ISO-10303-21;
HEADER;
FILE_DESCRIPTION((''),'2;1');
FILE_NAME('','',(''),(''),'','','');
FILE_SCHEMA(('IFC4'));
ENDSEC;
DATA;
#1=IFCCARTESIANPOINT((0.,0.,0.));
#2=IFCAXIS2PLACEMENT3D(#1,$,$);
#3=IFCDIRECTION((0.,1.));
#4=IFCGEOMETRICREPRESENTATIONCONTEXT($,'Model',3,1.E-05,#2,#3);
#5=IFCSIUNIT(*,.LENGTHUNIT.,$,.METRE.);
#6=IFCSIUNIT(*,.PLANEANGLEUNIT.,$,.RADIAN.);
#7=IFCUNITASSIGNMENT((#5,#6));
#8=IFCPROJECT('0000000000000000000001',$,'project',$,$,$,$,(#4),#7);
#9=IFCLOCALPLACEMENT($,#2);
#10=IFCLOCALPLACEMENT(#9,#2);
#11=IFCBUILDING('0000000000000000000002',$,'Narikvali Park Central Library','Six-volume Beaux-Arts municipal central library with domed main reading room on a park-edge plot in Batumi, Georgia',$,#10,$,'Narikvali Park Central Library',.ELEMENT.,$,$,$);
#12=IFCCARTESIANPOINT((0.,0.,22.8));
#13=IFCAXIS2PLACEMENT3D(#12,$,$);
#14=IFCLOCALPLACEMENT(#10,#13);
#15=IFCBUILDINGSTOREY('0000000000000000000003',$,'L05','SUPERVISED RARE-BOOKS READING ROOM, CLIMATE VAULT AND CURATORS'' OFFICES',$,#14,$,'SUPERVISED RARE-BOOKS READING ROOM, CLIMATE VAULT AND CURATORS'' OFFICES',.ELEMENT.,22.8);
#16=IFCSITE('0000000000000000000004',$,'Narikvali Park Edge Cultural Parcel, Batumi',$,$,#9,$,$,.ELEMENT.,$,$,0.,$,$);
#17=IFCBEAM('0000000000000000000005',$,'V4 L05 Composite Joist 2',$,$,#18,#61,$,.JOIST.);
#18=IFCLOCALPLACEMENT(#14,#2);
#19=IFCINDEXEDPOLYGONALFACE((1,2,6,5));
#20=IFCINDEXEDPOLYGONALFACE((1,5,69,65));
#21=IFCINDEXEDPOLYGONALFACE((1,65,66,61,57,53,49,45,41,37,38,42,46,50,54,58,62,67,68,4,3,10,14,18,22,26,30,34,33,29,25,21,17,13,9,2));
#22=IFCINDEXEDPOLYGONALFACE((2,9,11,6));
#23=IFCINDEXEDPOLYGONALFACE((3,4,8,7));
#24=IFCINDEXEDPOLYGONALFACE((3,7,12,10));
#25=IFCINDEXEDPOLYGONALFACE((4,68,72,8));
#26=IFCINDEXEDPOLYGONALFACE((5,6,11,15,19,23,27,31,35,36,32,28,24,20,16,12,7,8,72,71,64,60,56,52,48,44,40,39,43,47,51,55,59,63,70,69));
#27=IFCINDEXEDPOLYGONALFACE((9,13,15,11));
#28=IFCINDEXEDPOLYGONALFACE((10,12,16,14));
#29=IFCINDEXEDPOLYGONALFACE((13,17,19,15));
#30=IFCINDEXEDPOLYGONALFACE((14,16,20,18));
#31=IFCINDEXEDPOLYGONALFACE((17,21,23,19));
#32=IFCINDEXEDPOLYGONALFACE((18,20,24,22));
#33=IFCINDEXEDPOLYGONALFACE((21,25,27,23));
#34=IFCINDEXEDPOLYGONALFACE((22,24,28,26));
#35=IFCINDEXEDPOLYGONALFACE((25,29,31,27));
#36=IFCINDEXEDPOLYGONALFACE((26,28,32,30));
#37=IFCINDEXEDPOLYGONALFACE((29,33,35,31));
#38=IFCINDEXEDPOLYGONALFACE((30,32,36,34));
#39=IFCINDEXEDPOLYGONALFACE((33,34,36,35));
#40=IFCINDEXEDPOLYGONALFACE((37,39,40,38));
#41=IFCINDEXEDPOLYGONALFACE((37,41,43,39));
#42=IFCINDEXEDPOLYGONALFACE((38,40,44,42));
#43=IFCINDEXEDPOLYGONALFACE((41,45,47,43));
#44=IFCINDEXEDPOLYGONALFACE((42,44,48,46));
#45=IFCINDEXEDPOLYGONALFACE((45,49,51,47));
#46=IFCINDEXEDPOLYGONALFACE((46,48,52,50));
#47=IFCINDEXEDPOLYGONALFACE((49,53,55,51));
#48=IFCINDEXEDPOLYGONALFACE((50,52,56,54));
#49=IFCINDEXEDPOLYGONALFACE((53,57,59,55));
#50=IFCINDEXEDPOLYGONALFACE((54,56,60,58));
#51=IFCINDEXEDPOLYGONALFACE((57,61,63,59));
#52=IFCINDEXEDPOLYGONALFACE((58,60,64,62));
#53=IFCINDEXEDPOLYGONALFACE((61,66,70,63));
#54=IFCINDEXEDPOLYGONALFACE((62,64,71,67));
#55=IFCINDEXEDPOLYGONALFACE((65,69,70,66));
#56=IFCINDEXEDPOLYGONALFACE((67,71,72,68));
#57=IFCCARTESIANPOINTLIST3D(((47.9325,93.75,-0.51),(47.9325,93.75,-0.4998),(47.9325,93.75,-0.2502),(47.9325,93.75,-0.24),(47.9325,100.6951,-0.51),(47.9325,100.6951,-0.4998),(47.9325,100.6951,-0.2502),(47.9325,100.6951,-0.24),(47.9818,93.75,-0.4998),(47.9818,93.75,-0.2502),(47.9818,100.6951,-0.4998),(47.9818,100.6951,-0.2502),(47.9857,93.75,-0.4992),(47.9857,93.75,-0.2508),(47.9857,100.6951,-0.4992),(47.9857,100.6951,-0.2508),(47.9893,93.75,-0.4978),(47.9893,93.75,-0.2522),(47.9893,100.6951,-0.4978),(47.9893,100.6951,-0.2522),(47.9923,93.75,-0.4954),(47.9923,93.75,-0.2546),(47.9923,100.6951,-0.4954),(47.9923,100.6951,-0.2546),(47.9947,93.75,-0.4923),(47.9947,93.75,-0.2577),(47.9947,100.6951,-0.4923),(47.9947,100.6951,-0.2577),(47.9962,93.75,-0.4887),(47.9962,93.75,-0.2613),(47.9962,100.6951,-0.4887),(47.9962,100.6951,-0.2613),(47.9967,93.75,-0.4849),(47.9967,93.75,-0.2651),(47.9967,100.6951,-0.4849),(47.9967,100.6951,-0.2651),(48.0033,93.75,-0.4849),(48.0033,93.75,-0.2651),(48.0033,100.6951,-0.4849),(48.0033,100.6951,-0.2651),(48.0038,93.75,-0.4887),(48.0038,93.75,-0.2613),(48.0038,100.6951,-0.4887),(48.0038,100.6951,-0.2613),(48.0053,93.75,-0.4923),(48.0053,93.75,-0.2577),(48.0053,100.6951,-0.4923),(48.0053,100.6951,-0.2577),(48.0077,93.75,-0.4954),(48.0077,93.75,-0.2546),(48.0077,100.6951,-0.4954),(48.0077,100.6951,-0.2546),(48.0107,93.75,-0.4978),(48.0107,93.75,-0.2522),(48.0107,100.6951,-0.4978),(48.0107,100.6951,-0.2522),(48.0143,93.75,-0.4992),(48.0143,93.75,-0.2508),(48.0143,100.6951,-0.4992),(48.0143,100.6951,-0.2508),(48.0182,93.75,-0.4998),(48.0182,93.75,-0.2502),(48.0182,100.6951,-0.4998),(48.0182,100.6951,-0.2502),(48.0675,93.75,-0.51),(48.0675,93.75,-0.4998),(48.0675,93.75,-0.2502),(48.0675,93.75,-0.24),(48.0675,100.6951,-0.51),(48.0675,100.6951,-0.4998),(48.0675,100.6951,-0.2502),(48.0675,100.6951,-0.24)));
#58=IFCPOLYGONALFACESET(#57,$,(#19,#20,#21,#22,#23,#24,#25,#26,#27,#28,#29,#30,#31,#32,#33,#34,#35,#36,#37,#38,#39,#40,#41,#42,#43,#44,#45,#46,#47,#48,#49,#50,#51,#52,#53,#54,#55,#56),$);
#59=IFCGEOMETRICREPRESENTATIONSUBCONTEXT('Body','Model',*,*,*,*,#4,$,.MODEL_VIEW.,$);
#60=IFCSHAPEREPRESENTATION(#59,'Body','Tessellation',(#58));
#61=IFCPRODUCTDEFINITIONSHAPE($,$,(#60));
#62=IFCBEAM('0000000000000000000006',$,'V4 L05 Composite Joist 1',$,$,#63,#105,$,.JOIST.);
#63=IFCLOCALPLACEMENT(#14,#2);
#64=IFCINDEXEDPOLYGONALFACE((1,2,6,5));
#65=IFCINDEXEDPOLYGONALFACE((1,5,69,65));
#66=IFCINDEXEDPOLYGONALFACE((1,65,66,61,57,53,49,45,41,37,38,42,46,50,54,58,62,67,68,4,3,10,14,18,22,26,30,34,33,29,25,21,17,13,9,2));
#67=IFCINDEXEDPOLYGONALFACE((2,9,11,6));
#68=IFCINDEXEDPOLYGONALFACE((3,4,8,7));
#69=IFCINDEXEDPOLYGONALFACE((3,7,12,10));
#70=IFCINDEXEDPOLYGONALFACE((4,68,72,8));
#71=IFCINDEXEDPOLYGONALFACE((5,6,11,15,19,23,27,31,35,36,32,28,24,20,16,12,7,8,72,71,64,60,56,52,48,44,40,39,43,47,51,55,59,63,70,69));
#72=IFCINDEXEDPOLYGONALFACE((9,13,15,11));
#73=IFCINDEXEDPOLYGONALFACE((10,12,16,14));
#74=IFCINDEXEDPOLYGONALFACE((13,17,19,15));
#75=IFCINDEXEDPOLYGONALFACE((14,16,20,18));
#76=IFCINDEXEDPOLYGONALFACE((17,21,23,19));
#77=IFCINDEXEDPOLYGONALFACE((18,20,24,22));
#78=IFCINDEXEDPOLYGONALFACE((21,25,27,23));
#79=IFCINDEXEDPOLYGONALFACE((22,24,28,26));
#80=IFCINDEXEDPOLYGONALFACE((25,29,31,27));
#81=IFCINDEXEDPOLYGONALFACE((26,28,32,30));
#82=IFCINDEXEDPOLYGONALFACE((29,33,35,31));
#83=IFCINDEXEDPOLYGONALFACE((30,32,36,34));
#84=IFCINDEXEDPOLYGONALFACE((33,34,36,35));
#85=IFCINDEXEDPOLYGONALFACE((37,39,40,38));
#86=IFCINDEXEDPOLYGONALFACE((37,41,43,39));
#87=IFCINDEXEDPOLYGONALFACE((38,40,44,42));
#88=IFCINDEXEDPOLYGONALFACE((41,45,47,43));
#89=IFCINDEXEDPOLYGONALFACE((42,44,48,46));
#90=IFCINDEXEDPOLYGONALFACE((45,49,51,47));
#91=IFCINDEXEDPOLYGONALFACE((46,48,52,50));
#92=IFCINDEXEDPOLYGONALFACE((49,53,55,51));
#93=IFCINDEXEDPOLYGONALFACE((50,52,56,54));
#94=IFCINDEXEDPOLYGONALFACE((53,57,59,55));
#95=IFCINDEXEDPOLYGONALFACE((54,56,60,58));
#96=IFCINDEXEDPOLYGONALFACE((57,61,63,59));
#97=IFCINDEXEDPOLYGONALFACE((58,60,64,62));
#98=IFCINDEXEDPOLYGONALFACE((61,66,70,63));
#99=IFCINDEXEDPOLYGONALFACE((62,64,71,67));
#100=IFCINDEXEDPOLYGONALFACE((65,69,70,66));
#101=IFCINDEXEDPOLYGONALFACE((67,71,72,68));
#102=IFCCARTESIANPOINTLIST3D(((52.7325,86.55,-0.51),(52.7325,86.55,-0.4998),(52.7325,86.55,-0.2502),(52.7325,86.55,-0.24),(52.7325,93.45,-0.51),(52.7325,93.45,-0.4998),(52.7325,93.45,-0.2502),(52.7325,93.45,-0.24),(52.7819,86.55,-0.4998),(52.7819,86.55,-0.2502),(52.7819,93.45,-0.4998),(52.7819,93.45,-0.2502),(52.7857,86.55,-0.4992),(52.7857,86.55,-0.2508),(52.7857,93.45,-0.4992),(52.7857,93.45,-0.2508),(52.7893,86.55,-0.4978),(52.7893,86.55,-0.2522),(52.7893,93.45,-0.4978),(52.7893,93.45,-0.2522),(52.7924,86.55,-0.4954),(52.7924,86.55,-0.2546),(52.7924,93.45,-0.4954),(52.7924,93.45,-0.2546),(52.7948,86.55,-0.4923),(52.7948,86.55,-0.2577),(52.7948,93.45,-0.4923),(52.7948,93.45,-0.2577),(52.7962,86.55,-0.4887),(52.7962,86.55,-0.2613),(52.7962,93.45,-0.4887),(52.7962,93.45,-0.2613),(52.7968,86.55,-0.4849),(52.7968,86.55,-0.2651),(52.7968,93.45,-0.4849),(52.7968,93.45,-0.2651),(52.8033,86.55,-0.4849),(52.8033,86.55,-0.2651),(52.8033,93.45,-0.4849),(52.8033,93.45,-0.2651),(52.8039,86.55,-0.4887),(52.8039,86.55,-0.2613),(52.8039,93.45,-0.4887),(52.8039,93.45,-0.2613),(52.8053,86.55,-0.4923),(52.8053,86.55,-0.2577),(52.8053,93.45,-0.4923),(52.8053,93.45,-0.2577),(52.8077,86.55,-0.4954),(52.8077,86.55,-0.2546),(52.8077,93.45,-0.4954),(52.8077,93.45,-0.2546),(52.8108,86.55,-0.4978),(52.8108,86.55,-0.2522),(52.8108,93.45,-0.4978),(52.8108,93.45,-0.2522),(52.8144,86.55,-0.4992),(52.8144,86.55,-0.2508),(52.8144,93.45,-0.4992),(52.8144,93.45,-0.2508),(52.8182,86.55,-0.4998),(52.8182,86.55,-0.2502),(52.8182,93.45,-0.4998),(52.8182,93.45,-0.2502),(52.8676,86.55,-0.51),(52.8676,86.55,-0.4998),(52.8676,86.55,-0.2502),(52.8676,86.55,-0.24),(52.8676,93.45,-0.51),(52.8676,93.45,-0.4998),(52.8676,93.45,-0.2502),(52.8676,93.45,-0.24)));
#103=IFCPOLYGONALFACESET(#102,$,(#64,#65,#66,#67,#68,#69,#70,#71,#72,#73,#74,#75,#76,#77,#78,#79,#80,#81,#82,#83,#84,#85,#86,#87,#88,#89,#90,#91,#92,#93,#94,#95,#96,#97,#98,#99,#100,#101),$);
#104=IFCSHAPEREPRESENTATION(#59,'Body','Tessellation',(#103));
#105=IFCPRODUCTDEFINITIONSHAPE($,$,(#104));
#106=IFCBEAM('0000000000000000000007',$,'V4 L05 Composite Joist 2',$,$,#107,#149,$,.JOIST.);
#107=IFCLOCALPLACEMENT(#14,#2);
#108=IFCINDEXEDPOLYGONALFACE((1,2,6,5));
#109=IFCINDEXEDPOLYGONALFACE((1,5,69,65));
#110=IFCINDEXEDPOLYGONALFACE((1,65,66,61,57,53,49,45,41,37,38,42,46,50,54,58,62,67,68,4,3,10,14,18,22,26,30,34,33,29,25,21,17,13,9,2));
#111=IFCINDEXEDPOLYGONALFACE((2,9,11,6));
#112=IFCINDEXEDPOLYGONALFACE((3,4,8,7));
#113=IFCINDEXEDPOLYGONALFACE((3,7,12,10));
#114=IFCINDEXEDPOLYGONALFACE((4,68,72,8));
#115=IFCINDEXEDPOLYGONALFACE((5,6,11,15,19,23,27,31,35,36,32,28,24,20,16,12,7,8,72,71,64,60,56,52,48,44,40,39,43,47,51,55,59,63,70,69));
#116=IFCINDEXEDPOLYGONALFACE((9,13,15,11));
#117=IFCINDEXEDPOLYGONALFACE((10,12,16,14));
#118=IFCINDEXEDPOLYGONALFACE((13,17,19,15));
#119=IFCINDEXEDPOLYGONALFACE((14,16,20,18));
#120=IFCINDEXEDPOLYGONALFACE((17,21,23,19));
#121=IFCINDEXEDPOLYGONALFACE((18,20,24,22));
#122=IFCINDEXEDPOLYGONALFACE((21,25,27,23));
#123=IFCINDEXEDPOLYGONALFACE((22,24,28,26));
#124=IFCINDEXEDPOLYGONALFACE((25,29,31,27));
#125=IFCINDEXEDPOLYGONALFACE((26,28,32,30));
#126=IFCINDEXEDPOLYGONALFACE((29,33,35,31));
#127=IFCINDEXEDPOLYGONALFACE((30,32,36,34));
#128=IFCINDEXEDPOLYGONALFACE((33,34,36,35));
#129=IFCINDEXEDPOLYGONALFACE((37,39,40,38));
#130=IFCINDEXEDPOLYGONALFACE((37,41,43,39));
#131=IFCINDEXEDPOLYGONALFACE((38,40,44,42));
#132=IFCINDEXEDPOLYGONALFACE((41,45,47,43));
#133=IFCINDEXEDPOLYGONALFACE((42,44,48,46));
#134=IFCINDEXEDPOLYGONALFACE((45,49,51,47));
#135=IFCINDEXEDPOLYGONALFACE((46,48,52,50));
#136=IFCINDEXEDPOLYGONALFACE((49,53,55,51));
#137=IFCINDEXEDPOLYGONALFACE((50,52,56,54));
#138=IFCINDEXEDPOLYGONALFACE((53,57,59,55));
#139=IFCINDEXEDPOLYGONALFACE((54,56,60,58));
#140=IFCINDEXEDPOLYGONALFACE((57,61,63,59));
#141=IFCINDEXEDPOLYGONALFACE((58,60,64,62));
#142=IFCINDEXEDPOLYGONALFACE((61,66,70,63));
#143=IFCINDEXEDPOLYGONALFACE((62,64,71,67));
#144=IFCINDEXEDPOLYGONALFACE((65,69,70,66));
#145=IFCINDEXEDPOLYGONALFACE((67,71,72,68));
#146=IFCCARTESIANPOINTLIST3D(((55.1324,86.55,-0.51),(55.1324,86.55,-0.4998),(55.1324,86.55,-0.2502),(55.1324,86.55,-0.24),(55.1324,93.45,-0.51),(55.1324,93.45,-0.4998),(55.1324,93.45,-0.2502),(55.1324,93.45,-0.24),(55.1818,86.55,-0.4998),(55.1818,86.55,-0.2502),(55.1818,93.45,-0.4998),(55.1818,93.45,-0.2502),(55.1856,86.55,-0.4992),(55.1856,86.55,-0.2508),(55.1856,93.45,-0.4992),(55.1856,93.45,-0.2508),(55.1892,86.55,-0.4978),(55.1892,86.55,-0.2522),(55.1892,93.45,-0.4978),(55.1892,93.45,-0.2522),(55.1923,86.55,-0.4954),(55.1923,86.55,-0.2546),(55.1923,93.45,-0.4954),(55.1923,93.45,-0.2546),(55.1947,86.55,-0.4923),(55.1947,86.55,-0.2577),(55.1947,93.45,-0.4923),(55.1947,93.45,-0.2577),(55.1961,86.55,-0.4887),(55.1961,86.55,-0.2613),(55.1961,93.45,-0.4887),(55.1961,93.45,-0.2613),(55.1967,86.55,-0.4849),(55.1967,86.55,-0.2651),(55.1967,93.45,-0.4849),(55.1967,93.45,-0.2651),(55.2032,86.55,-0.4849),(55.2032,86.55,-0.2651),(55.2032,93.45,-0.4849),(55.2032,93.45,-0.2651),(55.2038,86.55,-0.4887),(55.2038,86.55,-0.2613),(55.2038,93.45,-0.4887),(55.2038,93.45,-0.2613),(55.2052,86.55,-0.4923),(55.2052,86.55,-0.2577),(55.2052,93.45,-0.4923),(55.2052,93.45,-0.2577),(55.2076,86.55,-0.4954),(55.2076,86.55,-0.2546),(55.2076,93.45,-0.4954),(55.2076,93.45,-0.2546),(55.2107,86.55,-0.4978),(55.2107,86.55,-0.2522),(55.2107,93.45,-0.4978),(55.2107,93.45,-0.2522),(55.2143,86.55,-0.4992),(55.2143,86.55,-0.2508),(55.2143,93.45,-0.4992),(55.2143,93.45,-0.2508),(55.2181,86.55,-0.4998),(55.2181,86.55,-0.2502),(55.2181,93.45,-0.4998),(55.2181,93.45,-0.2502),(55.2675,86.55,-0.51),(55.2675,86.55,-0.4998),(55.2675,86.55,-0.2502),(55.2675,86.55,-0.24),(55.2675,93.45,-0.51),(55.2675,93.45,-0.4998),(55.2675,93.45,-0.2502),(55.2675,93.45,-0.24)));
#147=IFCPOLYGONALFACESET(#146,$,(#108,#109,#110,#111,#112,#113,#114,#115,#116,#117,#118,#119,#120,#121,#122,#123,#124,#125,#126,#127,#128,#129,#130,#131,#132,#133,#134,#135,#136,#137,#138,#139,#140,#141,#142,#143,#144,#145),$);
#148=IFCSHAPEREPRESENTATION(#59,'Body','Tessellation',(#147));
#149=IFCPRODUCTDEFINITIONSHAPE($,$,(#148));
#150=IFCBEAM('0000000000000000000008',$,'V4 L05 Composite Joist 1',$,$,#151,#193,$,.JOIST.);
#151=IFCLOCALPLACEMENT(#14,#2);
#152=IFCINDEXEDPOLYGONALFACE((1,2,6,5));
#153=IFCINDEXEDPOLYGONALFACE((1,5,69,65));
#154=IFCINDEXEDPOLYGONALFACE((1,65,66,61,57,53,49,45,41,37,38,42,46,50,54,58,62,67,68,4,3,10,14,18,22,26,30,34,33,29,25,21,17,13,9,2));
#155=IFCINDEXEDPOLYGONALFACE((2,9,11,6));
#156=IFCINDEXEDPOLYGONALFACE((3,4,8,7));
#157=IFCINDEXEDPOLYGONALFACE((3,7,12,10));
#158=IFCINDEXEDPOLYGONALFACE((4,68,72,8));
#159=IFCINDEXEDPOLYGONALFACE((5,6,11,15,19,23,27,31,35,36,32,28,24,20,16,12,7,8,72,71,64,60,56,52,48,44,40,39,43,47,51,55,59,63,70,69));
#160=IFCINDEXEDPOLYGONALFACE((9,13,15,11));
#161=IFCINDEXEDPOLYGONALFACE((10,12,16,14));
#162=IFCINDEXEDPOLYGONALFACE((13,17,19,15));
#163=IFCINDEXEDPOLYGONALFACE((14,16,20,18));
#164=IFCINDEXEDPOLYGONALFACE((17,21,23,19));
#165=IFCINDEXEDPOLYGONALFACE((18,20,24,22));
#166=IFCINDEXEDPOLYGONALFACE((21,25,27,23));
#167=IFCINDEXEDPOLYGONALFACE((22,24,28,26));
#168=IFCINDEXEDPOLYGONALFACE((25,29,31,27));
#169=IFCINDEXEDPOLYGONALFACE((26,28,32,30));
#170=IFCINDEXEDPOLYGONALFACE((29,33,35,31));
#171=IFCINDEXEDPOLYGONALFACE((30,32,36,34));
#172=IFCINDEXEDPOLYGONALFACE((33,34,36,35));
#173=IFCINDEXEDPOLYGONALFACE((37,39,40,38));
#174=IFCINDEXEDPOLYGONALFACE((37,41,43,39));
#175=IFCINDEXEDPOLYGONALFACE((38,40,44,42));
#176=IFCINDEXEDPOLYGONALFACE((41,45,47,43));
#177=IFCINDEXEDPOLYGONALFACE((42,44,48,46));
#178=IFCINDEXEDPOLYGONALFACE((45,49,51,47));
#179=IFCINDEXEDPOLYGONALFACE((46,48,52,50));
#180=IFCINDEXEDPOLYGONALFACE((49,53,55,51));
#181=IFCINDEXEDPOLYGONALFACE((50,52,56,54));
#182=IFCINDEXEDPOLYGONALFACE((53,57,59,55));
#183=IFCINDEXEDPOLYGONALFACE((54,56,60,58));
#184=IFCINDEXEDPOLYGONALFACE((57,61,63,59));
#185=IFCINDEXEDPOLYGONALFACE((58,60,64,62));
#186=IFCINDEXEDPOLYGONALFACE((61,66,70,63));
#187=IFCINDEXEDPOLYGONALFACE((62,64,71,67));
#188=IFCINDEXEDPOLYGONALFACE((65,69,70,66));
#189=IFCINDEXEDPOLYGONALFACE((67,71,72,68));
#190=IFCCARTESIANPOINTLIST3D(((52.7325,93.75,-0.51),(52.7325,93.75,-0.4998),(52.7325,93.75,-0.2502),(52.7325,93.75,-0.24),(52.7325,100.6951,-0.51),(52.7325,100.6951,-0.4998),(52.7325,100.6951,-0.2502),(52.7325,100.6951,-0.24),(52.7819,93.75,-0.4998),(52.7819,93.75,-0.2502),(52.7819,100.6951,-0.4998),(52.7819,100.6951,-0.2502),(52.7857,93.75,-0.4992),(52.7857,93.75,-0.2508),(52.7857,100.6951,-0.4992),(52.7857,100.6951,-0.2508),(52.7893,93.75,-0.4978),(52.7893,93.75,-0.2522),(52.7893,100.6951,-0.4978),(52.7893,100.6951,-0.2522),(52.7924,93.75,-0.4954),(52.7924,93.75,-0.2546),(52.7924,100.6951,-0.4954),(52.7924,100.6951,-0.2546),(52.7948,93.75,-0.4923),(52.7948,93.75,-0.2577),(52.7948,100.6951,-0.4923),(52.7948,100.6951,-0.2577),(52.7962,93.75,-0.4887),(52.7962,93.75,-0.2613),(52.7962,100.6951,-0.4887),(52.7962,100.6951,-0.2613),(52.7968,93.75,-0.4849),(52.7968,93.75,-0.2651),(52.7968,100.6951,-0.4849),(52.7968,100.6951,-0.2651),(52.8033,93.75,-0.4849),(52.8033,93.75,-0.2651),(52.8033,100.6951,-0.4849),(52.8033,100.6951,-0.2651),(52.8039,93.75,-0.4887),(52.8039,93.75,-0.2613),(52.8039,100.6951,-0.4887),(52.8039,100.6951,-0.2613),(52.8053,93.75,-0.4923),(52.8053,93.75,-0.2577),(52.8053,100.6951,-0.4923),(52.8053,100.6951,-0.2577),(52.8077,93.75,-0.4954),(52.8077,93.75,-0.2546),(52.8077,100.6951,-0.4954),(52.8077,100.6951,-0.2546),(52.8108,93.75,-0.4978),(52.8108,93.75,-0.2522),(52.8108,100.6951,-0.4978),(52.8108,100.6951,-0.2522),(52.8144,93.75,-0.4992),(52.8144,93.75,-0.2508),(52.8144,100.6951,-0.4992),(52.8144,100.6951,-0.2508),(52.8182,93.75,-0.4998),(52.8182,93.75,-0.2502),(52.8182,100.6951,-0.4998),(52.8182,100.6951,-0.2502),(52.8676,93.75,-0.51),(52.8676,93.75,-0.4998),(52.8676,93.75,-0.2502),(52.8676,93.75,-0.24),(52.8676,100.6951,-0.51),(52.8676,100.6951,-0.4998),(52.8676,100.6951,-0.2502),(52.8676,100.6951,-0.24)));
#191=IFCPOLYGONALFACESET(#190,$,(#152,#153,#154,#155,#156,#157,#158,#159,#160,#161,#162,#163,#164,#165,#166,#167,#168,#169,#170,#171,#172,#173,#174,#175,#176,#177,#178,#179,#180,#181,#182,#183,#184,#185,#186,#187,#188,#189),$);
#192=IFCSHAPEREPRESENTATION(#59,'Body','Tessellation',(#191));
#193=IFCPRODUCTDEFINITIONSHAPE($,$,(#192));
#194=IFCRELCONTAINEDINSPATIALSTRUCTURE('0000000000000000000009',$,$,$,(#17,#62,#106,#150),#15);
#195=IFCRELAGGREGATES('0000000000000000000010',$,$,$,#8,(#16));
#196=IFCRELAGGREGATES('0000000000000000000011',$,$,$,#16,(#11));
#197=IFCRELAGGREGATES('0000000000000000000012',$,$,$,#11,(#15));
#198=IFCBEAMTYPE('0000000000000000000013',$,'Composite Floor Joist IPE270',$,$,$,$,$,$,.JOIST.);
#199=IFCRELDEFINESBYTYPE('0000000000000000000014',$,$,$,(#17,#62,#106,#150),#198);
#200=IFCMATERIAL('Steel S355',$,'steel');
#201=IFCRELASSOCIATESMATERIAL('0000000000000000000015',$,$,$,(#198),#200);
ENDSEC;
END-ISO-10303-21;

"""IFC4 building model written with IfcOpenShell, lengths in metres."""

from ifc_helpers import new_model, si_unit, direction, frame, origin, origin_2d, place, context, subcontext, project, spatial, i_section, extrude, material, material_profile, profile_set, type_object, element, save


model = new_model("IFC4")

# Units and contexts
model_context = context("Model", 3, precision=1e-05, world=origin(), true_north=direction((0.0, 1.0)))
body_context = subcontext(model_context, "Body", "Model", "MODEL_VIEW")
ifc_project = project(units=[si_unit("LENGTHUNIT", "METRE"), si_unit("PLANEANGLEUNIT", "RADIAN")], contexts=[model_context])

# Site, building, storey
site_placement = place(None, origin())
site = spatial("IfcSite", under=ifc_project, at=site_placement, Name="Narikvali Park Edge Cultural Parcel, Batumi", CompositionType="ELEMENT", RefElevation=0.0)
building_placement = place(site_placement, origin())
building = spatial("IfcBuilding", under=site, at=building_placement, Name="Narikvali Park Central Library", Description="Six-volume Beaux-Arts municipal central library with domed main reading room on a park-edge plot in Batumi, Georgia", LongName="Narikvali Park Central Library", CompositionType="ELEMENT")
storey_placement = place(building_placement, frame((0.0, 0.0, 22.8)))
storey = spatial("IfcBuildingStorey", under=building, at=storey_placement, Name="L05", Description="SUPERVISED RARE-BOOKS READING ROOM, CLIMATE VAULT AND CURATORS' OFFICES", LongName="SUPERVISED RARE-BOOKS READING ROOM, CLIMATE VAULT AND CURATORS' OFFICES", CompositionType="ELEMENT", Elevation=22.8)

# Shared definitions
ifc_material_1 = material(Name="Steel S355", Category="steel")

# Beams
ifc_material_profile_1 = material_profile(ifc_material_1, i_section(OverallWidth=0.135, OverallDepth=0.27, WebThickness=0.0066, FlangeThickness=0.0103, FilletRadius=0.0149, at=origin_2d()), Name="IPE 270")
ifc_profile_set_1 = profile_set([ifc_material_profile_1], Name="Steel S355")
beam_type_1 = type_object("IfcBeamType", Name="Composite Floor Joist IPE270", PredefinedType="JOIST", material=ifc_profile_set_1)
for number, where, z_axis, x_axis, name in (
    (1, (48.0, 93.75, -0.375), (0.0, 1.0, 0.0), (-1.0, 0.0, 0.0), "V4 L05 Composite Joist 2"),
):
    element("IfcBeam", number, at=place(storey_placement, frame(where, z_axis=z_axis, x_axis=x_axis)), inside=storey, type_object=beam_type_1, Name=name, PredefinedType="JOIST", context=body_context, shape_type="SweptSolid", body=[
        extrude(i_section(OverallWidth=0.135, OverallDepth=0.27, WebThickness=0.0066, FlangeThickness=0.0103, FilletRadius=0.0149, at=origin_2d()), origin(), (0.0, 0.0, 1.0), 6.9451),
    ])
for number, where, z_axis, x_axis, name in (
    (2, (52.8, 86.55, -0.375), (0.0, 1.0, 0.0), (-1.0, 0.0, 0.0), "V4 L05 Composite Joist 1"),
    (3, (55.2, 86.55, -0.375), (0.0, 1.0, 0.0), (-1.0, 0.0, 0.0), "V4 L05 Composite Joist 2"),
):
    element("IfcBeam", number, at=place(storey_placement, frame(where, z_axis=z_axis, x_axis=x_axis)), inside=storey, type_object=beam_type_1, Name=name, PredefinedType="JOIST", context=body_context, shape_type="SweptSolid", body=[
        extrude(i_section(OverallWidth=0.135, OverallDepth=0.27, WebThickness=0.0066, FlangeThickness=0.0103, FilletRadius=0.0149, at=origin_2d()), origin(), (0.0, 0.0, 1.0), 6.8999),
    ])
for number, where, z_axis, x_axis, name in (
    (4, (52.8, 93.75, -0.375), (0.0, 1.0, 0.0), (-1.0, 0.0, 0.0), "V4 L05 Composite Joist 1"),
):
    element("IfcBeam", number, at=place(storey_placement, frame(where, z_axis=z_axis, x_axis=x_axis)), inside=storey, type_object=beam_type_1, Name=name, PredefinedType="JOIST", context=body_context, shape_type="SweptSolid", body=[
        extrude(i_section(OverallWidth=0.135, OverallDepth=0.27, WebThickness=0.0066, FlangeThickness=0.0103, FilletRadius=0.0149, at=origin_2d()), origin(), (0.0, 0.0, 1.0), 6.9451),
    ])

save(model, "model.ifc")
